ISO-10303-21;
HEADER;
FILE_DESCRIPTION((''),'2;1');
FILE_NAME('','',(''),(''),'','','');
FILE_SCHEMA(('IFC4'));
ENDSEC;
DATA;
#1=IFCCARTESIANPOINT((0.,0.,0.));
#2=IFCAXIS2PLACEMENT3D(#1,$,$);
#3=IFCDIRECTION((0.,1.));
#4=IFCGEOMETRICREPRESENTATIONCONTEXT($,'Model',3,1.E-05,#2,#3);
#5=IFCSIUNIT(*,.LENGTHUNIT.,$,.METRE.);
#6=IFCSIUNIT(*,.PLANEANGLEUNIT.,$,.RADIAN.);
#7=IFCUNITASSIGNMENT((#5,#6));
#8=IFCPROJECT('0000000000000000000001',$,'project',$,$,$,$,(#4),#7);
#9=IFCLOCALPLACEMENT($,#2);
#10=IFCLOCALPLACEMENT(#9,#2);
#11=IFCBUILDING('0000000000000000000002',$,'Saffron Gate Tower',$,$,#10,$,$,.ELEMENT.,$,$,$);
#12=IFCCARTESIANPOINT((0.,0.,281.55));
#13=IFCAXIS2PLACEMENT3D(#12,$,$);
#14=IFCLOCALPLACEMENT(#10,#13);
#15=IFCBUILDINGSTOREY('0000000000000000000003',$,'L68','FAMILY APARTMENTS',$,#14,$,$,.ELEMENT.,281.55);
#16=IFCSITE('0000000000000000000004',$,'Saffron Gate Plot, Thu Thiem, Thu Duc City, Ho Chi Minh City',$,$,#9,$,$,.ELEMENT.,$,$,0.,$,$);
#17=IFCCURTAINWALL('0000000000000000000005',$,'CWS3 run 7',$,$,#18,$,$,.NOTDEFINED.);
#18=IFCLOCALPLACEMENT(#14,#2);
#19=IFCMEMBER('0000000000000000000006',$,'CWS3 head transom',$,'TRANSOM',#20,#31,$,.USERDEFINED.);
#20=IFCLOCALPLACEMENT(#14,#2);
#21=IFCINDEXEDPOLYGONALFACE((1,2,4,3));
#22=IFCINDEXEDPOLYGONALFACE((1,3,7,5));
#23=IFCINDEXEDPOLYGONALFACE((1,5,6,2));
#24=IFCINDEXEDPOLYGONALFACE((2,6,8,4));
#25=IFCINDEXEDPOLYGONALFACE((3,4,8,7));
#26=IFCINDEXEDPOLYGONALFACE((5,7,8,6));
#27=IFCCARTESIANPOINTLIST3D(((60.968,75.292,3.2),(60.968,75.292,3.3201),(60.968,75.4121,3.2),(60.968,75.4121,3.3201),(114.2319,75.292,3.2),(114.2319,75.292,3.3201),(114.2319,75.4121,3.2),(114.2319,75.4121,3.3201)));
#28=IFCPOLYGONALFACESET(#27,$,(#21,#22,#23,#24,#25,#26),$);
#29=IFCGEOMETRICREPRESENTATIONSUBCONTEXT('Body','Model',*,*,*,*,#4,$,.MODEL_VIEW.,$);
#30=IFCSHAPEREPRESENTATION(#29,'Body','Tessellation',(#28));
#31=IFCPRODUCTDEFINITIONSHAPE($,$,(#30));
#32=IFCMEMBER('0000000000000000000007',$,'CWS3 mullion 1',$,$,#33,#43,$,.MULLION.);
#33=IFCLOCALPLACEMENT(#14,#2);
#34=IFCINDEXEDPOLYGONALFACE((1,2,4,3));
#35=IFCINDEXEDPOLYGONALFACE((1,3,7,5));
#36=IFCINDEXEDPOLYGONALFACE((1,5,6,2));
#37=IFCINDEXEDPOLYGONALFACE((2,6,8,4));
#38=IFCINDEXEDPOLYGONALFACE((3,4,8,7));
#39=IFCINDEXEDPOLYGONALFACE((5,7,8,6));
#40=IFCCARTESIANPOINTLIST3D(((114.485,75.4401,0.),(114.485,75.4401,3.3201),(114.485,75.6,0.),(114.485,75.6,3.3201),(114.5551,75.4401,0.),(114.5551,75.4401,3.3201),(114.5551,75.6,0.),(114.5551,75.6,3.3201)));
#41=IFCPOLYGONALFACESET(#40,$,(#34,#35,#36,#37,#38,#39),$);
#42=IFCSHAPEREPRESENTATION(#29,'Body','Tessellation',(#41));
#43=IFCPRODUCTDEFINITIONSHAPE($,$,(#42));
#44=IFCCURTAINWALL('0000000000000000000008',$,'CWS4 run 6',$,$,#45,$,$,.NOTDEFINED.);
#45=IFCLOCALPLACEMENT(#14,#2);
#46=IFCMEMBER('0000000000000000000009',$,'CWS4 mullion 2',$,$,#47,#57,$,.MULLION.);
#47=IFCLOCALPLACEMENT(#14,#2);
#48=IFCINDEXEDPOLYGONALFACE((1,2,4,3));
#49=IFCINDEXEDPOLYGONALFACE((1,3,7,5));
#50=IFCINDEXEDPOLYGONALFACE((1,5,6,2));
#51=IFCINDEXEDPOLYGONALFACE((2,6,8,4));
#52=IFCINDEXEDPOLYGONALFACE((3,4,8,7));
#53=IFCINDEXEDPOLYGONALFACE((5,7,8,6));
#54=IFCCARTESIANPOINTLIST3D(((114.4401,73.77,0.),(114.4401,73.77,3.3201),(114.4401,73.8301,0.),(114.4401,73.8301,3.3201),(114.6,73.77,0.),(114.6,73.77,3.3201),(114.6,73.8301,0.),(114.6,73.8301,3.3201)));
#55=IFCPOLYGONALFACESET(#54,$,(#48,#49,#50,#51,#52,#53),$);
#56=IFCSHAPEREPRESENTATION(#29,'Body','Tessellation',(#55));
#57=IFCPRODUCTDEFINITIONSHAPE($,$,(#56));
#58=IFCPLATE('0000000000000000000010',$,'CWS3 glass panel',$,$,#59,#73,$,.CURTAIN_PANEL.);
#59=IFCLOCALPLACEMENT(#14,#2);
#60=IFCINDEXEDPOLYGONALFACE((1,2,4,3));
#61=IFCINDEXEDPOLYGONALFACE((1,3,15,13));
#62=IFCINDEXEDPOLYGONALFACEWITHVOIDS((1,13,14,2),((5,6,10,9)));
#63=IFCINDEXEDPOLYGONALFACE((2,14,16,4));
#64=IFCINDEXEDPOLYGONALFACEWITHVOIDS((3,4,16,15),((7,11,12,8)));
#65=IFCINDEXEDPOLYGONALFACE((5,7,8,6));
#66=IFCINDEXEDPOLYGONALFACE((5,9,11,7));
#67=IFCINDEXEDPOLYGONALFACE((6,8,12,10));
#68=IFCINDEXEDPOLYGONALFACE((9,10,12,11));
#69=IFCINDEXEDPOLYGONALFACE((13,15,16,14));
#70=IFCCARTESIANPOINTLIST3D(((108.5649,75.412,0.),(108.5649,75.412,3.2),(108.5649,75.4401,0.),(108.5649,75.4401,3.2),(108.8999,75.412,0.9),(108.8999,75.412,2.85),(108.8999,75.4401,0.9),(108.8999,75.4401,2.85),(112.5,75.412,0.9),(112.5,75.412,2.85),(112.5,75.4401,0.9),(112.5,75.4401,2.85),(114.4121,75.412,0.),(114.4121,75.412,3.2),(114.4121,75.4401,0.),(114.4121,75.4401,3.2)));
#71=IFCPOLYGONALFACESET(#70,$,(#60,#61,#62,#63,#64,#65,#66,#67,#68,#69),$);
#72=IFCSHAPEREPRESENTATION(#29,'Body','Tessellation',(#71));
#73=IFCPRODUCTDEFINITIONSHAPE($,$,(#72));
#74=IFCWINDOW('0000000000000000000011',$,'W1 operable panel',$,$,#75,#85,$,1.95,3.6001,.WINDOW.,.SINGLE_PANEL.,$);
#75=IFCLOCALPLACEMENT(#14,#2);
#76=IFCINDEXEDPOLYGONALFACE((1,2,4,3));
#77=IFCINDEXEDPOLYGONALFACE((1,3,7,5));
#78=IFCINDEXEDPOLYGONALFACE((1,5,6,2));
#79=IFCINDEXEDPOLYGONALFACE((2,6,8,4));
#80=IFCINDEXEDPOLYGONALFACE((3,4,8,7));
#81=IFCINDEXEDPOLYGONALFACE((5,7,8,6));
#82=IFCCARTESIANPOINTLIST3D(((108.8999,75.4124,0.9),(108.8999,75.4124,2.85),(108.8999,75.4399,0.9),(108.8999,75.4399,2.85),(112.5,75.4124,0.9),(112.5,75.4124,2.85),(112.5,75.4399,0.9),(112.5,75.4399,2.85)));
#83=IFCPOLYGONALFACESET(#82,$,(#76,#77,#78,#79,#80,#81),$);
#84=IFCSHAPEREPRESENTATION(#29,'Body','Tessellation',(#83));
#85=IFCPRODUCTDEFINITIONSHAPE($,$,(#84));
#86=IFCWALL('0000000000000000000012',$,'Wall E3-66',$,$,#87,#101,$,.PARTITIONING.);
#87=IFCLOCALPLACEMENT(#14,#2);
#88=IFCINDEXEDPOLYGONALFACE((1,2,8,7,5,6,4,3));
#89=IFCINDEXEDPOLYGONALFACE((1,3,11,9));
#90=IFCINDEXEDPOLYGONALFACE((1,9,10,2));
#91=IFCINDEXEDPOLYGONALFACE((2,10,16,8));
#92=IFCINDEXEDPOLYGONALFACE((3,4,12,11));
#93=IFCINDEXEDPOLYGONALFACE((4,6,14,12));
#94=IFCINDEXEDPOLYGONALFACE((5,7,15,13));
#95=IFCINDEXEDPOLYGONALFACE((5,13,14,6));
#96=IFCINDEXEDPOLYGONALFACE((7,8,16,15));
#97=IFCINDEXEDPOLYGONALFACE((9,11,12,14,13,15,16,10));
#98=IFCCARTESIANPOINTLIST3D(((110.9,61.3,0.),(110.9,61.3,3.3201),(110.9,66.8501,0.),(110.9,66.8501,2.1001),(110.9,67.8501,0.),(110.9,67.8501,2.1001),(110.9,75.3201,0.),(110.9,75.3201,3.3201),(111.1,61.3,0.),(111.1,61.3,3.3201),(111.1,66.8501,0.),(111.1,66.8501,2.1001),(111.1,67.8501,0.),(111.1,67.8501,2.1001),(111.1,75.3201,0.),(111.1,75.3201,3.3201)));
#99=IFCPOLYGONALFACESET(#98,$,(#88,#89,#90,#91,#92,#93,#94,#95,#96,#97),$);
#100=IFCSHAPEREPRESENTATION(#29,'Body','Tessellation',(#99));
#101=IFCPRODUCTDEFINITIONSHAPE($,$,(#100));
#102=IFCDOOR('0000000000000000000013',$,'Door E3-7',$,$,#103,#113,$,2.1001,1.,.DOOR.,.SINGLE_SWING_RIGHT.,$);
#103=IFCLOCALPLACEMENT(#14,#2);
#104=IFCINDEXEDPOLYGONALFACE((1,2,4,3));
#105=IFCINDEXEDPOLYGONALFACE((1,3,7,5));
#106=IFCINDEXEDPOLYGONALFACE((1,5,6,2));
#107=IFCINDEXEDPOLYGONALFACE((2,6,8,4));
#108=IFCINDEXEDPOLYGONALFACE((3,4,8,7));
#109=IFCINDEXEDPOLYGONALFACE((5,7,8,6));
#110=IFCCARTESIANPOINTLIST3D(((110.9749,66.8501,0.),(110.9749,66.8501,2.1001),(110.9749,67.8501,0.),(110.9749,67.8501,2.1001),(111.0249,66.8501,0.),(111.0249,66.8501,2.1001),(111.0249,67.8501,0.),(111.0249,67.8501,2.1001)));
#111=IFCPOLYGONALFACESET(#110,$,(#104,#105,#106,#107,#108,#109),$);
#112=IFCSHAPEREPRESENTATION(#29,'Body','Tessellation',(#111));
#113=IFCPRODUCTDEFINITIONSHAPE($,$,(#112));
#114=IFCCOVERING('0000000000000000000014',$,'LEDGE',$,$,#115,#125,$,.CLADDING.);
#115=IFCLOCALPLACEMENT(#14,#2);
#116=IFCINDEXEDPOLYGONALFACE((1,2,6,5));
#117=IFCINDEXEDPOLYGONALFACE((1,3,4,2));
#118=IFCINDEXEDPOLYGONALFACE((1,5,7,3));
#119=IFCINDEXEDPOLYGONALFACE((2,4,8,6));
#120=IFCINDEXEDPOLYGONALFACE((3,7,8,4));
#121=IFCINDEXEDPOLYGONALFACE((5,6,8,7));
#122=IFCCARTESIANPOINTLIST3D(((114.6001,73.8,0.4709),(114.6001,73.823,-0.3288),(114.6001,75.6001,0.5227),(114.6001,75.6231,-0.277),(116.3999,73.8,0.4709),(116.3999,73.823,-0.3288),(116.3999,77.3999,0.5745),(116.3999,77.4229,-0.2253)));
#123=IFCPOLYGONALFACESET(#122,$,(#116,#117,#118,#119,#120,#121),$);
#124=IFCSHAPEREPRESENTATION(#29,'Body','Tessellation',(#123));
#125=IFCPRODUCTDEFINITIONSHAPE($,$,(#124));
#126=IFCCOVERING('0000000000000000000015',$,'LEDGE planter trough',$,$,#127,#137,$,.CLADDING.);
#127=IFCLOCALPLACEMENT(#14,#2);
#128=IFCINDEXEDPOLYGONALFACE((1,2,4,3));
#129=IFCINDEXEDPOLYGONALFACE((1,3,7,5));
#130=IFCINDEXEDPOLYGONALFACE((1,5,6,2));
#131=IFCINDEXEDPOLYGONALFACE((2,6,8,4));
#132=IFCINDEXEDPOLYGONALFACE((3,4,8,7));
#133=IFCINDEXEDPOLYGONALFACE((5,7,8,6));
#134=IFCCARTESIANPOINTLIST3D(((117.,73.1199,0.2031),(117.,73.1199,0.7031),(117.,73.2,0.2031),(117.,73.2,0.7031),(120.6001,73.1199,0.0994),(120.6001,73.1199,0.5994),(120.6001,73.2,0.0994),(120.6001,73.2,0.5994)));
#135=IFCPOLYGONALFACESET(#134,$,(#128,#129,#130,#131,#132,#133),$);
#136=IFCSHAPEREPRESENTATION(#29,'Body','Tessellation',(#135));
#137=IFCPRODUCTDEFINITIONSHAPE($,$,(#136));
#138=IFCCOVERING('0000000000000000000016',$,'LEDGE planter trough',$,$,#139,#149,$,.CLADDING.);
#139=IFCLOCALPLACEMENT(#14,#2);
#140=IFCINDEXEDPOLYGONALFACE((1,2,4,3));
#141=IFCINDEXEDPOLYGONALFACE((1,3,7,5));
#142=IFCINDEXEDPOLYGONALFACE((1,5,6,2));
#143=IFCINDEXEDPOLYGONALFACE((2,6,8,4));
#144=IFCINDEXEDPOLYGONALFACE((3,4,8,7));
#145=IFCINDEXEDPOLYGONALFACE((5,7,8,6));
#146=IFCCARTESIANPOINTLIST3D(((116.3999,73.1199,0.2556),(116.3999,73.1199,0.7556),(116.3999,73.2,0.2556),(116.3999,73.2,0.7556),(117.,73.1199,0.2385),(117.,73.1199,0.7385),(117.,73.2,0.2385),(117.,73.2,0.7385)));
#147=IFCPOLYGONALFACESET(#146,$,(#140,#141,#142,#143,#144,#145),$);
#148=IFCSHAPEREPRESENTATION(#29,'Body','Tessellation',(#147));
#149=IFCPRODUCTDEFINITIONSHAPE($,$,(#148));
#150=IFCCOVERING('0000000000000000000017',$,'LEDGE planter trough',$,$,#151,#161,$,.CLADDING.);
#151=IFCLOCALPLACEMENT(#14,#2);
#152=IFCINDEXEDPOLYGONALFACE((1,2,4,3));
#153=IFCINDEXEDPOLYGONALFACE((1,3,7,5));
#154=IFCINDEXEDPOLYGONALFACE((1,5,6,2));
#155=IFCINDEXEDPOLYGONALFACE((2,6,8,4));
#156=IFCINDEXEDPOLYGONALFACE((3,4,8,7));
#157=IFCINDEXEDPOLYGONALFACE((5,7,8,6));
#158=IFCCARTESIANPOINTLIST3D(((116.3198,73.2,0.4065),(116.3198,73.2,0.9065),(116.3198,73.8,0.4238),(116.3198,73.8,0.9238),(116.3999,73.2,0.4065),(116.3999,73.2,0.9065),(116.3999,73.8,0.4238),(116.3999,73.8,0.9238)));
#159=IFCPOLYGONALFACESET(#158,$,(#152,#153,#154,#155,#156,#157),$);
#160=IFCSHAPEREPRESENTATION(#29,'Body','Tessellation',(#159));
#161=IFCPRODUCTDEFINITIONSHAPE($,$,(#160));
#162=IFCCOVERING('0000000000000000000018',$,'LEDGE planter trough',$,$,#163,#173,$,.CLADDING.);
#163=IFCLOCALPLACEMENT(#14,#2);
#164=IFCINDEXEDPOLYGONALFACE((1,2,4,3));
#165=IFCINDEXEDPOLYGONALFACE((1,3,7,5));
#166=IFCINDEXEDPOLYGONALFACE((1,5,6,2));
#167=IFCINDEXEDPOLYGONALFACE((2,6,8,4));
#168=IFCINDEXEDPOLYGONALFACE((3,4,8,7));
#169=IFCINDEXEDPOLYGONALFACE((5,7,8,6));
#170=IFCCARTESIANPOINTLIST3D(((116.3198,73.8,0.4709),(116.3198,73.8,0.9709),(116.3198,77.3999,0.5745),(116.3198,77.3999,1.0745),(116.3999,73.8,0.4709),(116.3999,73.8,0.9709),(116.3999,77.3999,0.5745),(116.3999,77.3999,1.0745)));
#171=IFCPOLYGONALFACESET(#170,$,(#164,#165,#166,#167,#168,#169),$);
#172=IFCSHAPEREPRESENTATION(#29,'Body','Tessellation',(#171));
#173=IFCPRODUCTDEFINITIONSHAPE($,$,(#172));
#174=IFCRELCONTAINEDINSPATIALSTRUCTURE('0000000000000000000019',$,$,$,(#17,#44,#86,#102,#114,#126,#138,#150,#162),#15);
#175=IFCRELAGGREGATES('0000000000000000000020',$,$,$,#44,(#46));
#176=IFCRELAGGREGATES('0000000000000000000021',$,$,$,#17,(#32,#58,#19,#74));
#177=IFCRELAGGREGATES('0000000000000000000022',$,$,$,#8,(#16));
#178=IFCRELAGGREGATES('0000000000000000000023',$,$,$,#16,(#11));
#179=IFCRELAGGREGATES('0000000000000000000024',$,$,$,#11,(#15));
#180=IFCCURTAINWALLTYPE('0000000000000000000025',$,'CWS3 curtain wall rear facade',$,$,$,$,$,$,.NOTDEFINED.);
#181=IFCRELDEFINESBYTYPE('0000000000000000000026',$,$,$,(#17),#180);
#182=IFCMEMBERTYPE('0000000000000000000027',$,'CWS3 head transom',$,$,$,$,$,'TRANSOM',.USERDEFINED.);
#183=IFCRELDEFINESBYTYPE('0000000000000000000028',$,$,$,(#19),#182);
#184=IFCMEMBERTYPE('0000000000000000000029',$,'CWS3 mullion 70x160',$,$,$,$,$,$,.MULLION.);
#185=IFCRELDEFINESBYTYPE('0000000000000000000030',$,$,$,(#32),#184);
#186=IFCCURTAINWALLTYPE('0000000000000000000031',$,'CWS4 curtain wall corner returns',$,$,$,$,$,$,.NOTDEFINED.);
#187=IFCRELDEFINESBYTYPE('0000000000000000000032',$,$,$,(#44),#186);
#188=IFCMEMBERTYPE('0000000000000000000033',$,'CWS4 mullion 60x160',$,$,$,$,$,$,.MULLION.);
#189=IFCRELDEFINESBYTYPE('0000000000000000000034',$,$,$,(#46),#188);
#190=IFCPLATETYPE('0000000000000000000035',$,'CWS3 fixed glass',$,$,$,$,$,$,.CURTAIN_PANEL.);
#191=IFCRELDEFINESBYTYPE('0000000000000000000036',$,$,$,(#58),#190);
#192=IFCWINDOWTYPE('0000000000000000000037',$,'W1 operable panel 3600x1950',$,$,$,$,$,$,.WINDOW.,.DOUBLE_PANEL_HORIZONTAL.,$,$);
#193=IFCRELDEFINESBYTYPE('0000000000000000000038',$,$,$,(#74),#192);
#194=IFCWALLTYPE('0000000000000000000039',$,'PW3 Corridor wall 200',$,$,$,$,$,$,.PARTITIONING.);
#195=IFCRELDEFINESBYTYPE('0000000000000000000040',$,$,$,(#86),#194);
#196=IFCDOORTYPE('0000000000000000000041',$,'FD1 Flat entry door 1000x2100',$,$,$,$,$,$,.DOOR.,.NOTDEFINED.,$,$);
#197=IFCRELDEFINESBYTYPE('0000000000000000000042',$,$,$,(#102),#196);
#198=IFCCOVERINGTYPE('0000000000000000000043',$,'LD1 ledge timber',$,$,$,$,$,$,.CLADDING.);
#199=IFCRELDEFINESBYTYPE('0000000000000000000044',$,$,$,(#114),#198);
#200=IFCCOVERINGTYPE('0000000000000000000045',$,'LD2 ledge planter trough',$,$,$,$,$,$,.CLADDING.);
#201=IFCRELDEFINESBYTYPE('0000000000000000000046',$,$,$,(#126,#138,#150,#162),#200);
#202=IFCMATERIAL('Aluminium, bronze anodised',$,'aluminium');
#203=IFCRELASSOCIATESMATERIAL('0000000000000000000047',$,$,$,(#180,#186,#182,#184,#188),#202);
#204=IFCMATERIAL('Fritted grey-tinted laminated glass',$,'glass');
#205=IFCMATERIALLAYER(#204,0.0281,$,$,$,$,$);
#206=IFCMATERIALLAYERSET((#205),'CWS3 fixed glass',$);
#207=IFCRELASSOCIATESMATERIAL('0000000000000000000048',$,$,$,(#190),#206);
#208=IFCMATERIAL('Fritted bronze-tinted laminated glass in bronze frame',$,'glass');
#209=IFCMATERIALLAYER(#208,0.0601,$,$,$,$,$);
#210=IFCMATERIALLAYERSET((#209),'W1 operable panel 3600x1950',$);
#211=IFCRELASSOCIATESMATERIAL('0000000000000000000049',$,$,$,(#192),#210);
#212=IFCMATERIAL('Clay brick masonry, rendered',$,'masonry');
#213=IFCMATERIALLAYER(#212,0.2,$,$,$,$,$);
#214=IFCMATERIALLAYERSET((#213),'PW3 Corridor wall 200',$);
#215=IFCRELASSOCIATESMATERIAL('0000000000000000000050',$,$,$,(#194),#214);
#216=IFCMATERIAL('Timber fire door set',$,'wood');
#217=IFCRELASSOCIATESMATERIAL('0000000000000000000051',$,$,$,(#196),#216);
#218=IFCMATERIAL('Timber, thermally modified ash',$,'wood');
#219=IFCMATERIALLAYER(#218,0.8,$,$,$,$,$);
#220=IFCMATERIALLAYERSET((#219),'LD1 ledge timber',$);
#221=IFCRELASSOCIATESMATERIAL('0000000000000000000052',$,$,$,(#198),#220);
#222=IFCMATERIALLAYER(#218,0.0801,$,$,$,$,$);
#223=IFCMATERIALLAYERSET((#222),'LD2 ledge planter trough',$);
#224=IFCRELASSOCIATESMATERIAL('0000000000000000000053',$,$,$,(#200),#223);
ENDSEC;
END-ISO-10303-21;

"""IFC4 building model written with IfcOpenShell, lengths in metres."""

from ifc_helpers import new_model, si_unit, direction, frame, frame_2d, origin, origin_2d, place, context, subcontext, project, spatial, polyline, rectangle, outline, extrude, material, layer, layer_set, material_profile, profile_set, type_object, element, fill, aggregate, save


model = new_model("IFC4")

# Units and contexts
model_context = context("Model", 3, precision=1e-05, world=origin(), true_north=direction((0.0, 1.0)))
body_context = subcontext(model_context, "Body", "Model", "MODEL_VIEW")
ifc_project = project(units=[si_unit("LENGTHUNIT", "METRE"), si_unit("PLANEANGLEUNIT", "RADIAN")], contexts=[model_context])

# Site, building, storey
site_placement = place(None, origin())
site = spatial("IfcSite", under=ifc_project, at=site_placement, Name="Saffron Gate Plot, Thu Thiem, Thu Duc City, Ho Chi Minh City", CompositionType="ELEMENT", RefElevation=0.0)
building_placement = place(site_placement, origin())
building = spatial("IfcBuilding", under=site, at=building_placement, Name="Saffron Gate Tower", CompositionType="ELEMENT")
storey_placement = place(building_placement, frame((0.0, 0.0, 281.55)))
storey = spatial("IfcBuildingStorey", under=building, at=storey_placement, Name="L68", Description="FAMILY APARTMENTS", CompositionType="ELEMENT", Elevation=281.55)

# Curtain wall, members
ifc_material_1 = material(Name="Aluminium, bronze anodised", Category="aluminium")
curtain_wall_type_1 = type_object("IfcCurtainWallType", Name="CWS3 curtain wall rear facade", PredefinedType="NOTDEFINED", material=ifc_material_1)
curtain_wall_1_placement = place(storey_placement, origin())
curtain_wall_1 = element("IfcCurtainWall", 1, at=curtain_wall_1_placement, inside=storey, type_object=curtain_wall_type_1, Name="CWS3 run 7", PredefinedType="NOTDEFINED")
ifc_material_profile_1 = material_profile(ifc_material_1, rectangle(XDim=0.1201, YDim=0.1201, at=origin_2d()))
ifc_profile_set_1 = profile_set([ifc_material_profile_1], Name="Aluminium, bronze anodised")
member_type_1 = type_object("IfcMemberType", Name="CWS3 head transom", ElementType="TRANSOM", PredefinedType="USERDEFINED", material=ifc_profile_set_1)
member_1_placement = place(storey_placement, frame((114.2319, 75.3521, 3.26), z_axis=(-1.0, 0.0, 0.0), x_axis=(0.0, -1.0, 0.0)))
member_1 = element("IfcMember", 2, at=member_1_placement, type_object=member_type_1, Name="CWS3 head transom", ObjectType="TRANSOM", PredefinedType="USERDEFINED", context=body_context, shape_type="SweptSolid", body=[
    extrude(rectangle(XDim=0.1201, YDim=0.1201, at=origin_2d()), origin(), (0.0, 0.0, 1.0), 53.2639),
])
ifc_material_profile_2 = material_profile(ifc_material_1, rectangle(XDim=0.1599, YDim=0.0701, at=origin_2d()))
ifc_profile_set_2 = profile_set([ifc_material_profile_2], Name="Aluminium, bronze anodised")
member_type_2 = type_object("IfcMemberType", Name="CWS3 mullion 70x160", PredefinedType="MULLION", material=ifc_profile_set_2)
member_2_placement = place(storey_placement, frame((114.52, 75.52, 0.0), z_axis=(0.0, 0.0, 1.0), x_axis=(0.0, -1.0, 0.0)))
member_2 = element("IfcMember", 3, at=member_2_placement, type_object=member_type_2, Name="CWS3 mullion 1", PredefinedType="MULLION", context=body_context, shape_type="SweptSolid", body=[
    extrude(rectangle(XDim=0.1599, YDim=0.0701, at=origin_2d()), origin(), (0.0, 0.0, 1.0), 3.3201),
])

# Curtain wall, member
curtain_wall_type_2 = type_object("IfcCurtainWallType", Name="CWS4 curtain wall corner returns", PredefinedType="NOTDEFINED", material=ifc_material_1)
curtain_wall_2_placement = place(storey_placement, origin())
curtain_wall_2 = element("IfcCurtainWall", 4, at=curtain_wall_2_placement, inside=storey, type_object=curtain_wall_type_2, Name="CWS4 run 6", PredefinedType="NOTDEFINED")
ifc_material_profile_3 = material_profile(ifc_material_1, rectangle(XDim=0.1599, YDim=0.0601, at=origin_2d()))
ifc_profile_set_3 = profile_set([ifc_material_profile_3], Name="Aluminium, bronze anodised")
member_type_3 = type_object("IfcMemberType", Name="CWS4 mullion 60x160", PredefinedType="MULLION", material=ifc_profile_set_3)
member_3_placement = place(storey_placement, frame((114.52, 73.8, 0.0), z_axis=(0.0, 0.0, 1.0), x_axis=(-1.0, 0.0, 0.0)))
member_3 = element("IfcMember", 5, at=member_3_placement, type_object=member_type_3, Name="CWS4 mullion 2", PredefinedType="MULLION", context=body_context, shape_type="SweptSolid", body=[
    extrude(rectangle(XDim=0.1599, YDim=0.0601, at=origin_2d()), origin(), (0.0, 0.0, 1.0), 3.3201),
])
aggregate(curtain_wall_2, [member_3])

# Plate, opening, window
ifc_material_2 = material(Name="Fritted grey-tinted laminated glass", Category="glass")
ifc_layer_1 = layer(ifc_material_2, 0.0281)
ifc_layer_set_1 = layer_set([ifc_layer_1], Name="CWS3 fixed glass")
plate_type = type_object("IfcPlateType", Name="CWS3 fixed glass", PredefinedType="CURTAIN_PANEL", material=ifc_layer_set_1)
plate_placement = place(storey_placement, frame((114.4121, 75.426, 0.0), z_axis=(0.0, 0.0, 1.0), x_axis=(-1.0, 0.0, 0.0)))
plate = element("IfcPlate", 6, at=plate_placement, type_object=plate_type, Name="CWS3 glass panel", PredefinedType="CURTAIN_PANEL", context=body_context, shape_type="SweptSolid", body=[
    extrude(rectangle(XDim=5.8472, YDim=0.0281, at=frame_2d((2.9236, 0.0))), origin(), (0.0, 0.0, 1.0), 3.2),
])
opening_1_placement = place(plate_placement, frame((1.9121, 0.0, 0.8999)))
opening_1 = element("IfcOpeningElement", 7, at=opening_1_placement, cuts=plate, PredefinedType="OPENING", context=body_context, shape_type="SweptSolid", body=[
    extrude(rectangle(XDim=3.6001, YDim=1.95, at=frame_2d((1.8, 0.9751))), frame((0.0, 0.0239, 0.0), z_axis=(0.0, -1.0, 0.0), x_axis=(1.0, 0.0, 0.0)), (0.0, 0.0, 1.0), 0.0481),
])
ifc_material_3 = material(Name="Fritted bronze-tinted laminated glass in bronze frame", Category="glass")
ifc_layer_2 = layer(ifc_material_3, 0.0601)
ifc_layer_set_2 = layer_set([ifc_layer_2], Name="W1 operable panel 3600x1950")
window_type = type_object("IfcWindowType", Name="W1 operable panel 3600x1950", PartitioningType="DOUBLE_PANEL_HORIZONTAL", PredefinedType="WINDOW", material=ifc_layer_set_2)
window_placement = place(opening_1_placement, origin())
window = element("IfcWindow", 8, at=window_placement, type_object=window_type, Name="W1 operable panel", OverallHeight=1.95, OverallWidth=3.6001, PartitioningType="SINGLE_PANEL", PredefinedType="WINDOW", context=body_context, shape_type="SweptSolid", body=[
    extrude(rectangle(XDim=3.6001, YDim=1.95, at=frame_2d((1.8, 0.9751))), frame((0.0, 0.0137, 0.0), z_axis=(0.0, -1.0, 0.0), x_axis=(1.0, 0.0, 0.0)), (0.0, 0.0, 1.0), 0.0276),
])
fill(opening_1, window)
aggregate(curtain_wall_1, [member_2, plate, member_1, window])

# Wall, opening, door
ifc_material_4 = material(Name="Clay brick masonry, rendered", Category="masonry")
ifc_layer_3 = layer(ifc_material_4, 0.2)
ifc_layer_set_3 = layer_set([ifc_layer_3], Name="PW3 Corridor wall 200")
wall_type = type_object("IfcWallType", Name="PW3 Corridor wall 200", PredefinedType="PARTITIONING", material=ifc_layer_set_3)
wall_placement = place(storey_placement, frame((111.0, 75.3201, 0.0), z_axis=(0.0, 0.0, 1.0), x_axis=(0.0, -1.0, 0.0)))
wall = element("IfcWall", 9, at=wall_placement, inside=storey, type_object=wall_type, Name="Wall E3-66", PredefinedType="PARTITIONING", context=body_context, shape_type="SweptSolid", body=[
    extrude(rectangle(XDim=14.02, YDim=0.2, at=frame_2d((7.01, 0.0))), origin(), (0.0, 0.0, 1.0), 3.3201),
])
opening_2_placement = place(wall_placement, frame((7.47, 0.0, 0.0)))
opening_2 = element("IfcOpeningElement", 10, at=opening_2_placement, cuts=wall, PredefinedType="OPENING", context=body_context, shape_type="SweptSolid", body=[
    extrude(rectangle(XDim=1.0, YDim=2.1001, at=frame_2d((0.5, 1.05))), frame((0.0, 0.1099, 0.0), z_axis=(0.0, -1.0, 0.0), x_axis=(1.0, 0.0, 0.0)), (0.0, 0.0, 1.0), 0.22),
])
ifc_material_5 = material(Name="Timber fire door set", Category="wood")
door_type = type_object("IfcDoorType", Name="FD1 Flat entry door 1000x2100", OperationType="NOTDEFINED", PredefinedType="DOOR", material=ifc_material_5)
door_placement = place(opening_2_placement, origin())
door = element("IfcDoor", 11, at=door_placement, inside=storey, type_object=door_type, Name="Door E3-7", OperationType="SINGLE_SWING_RIGHT", OverallHeight=2.1001, OverallWidth=1.0, PredefinedType="DOOR", context=body_context, shape_type="SweptSolid", body=[
    extrude(rectangle(XDim=1.0, YDim=2.1001, at=frame_2d((0.5, 1.05))), frame((0.0, 0.0249, 0.0), z_axis=(0.0, -1.0, 0.0), x_axis=(1.0, 0.0, 0.0)), (0.0, 0.0, 1.0), 0.05),
])
fill(opening_2, door)

# Coverings
ifc_material_6 = material(Name="Timber, thermally modified ash", Category="wood")
ifc_layer_4 = layer(ifc_material_6, 0.8)
ifc_layer_set_4 = layer_set([ifc_layer_4], Name="LD1 ledge timber")
covering_type_1 = type_object("IfcCoveringType", Name="LD1 ledge timber", PredefinedType="CLADDING", material=ifc_layer_set_4)
covering_1_placement = place(storey_placement, frame((114.6001, 73.8, 0.4709), z_axis=(-0.000001, -0.028743, 0.999587), x_axis=(0.0, 0.999587, 0.028743)))
element("IfcCovering", 12, at=covering_1_placement, inside=storey, type_object=covering_type_1, Name="LEDGE", PredefinedType="CLADDING", context=body_context, shape_type="SweptSolid", body=[
    extrude(outline(polyline([(0.0, 0.0), (1.8008, 0.0), (3.6013, -1.7998), (0.0, -1.7998), (0.0, 0.0)])), origin(), (0.0, 0.0, -1.0), 0.8),
])
ifc_layer_5 = layer(ifc_material_6, 0.0801)
ifc_layer_set_5 = layer_set([ifc_layer_5], Name="LD2 ledge planter trough")
covering_type_2 = type_object("IfcCoveringType", Name="LD2 ledge planter trough", PredefinedType="CLADDING", material=ifc_layer_set_5)
covering_2_placement = place(storey_placement, frame((120.6001, 73.2, 0.0994), z_axis=(0.0, 1.0, 0.0), x_axis=(-0.999585, 0.0, 0.028809)))
element("IfcCovering", 13, at=covering_2_placement, inside=storey, type_object=covering_type_2, Name="LEDGE planter trough", PredefinedType="CLADDING", context=body_context, shape_type="SweptSolid", body=[
    extrude(outline(polyline([(0.0, 0.0), (3.6016, 0.0), (3.616, 0.4998), (0.0144, 0.4998), (0.0, 0.0)])), origin(), (0.0, 0.0, -1.0), 0.0801),
])
covering_3_placement = place(storey_placement, frame((117.0, 73.2, 0.2385), z_axis=(0.0, 1.0, 0.0), x_axis=(-0.999595, 0.0, 0.028467)))
element("IfcCovering", 14, at=covering_3_placement, inside=storey, type_object=covering_type_2, Name="LEDGE planter trough", PredefinedType="CLADDING", context=body_context, shape_type="SweptSolid", body=[
    extrude(outline(polyline([(0.0, 0.0), (0.6003, 0.0), (0.6146, 0.4998), (0.0142, 0.4998), (0.0, 0.0)])), origin(), (0.0, 0.0, -1.0), 0.0801),
])
covering_4_placement = place(storey_placement, frame((116.3999, 73.2, 0.4065), z_axis=(1.0, 0.0, 0.0), x_axis=(0.0, 0.999583, 0.028873)))
element("IfcCovering", 15, at=covering_4_placement, inside=storey, type_object=covering_type_2, Name="LEDGE planter trough", PredefinedType="CLADDING", context=body_context, shape_type="SweptSolid", body=[
    extrude(outline(polyline([(0.0, 0.0), (0.6003, 0.0), (0.6148, 0.4998), (0.0144, 0.4998), (0.0, 0.0)])), origin(), (0.0, 0.0, -1.0), 0.0801),
])
covering_5_placement = place(storey_placement, frame((116.3999, 73.8, 0.4709), z_axis=(1.0, 0.0, 0.0), x_axis=(0.0, 0.999587, 0.028744)))
element("IfcCovering", 16, at=covering_5_placement, inside=storey, type_object=covering_type_2, Name="LEDGE planter trough", PredefinedType="CLADDING", context=body_context, shape_type="SweptSolid", body=[
    extrude(outline(polyline([(0.0, 0.0), (3.6013, 0.0), (3.6157, 0.4998), (0.0144, 0.4998), (0.0, 0.0)])), origin(), (0.0, 0.0, -1.0), 0.0801),
])

save(model, "model.ifc")
